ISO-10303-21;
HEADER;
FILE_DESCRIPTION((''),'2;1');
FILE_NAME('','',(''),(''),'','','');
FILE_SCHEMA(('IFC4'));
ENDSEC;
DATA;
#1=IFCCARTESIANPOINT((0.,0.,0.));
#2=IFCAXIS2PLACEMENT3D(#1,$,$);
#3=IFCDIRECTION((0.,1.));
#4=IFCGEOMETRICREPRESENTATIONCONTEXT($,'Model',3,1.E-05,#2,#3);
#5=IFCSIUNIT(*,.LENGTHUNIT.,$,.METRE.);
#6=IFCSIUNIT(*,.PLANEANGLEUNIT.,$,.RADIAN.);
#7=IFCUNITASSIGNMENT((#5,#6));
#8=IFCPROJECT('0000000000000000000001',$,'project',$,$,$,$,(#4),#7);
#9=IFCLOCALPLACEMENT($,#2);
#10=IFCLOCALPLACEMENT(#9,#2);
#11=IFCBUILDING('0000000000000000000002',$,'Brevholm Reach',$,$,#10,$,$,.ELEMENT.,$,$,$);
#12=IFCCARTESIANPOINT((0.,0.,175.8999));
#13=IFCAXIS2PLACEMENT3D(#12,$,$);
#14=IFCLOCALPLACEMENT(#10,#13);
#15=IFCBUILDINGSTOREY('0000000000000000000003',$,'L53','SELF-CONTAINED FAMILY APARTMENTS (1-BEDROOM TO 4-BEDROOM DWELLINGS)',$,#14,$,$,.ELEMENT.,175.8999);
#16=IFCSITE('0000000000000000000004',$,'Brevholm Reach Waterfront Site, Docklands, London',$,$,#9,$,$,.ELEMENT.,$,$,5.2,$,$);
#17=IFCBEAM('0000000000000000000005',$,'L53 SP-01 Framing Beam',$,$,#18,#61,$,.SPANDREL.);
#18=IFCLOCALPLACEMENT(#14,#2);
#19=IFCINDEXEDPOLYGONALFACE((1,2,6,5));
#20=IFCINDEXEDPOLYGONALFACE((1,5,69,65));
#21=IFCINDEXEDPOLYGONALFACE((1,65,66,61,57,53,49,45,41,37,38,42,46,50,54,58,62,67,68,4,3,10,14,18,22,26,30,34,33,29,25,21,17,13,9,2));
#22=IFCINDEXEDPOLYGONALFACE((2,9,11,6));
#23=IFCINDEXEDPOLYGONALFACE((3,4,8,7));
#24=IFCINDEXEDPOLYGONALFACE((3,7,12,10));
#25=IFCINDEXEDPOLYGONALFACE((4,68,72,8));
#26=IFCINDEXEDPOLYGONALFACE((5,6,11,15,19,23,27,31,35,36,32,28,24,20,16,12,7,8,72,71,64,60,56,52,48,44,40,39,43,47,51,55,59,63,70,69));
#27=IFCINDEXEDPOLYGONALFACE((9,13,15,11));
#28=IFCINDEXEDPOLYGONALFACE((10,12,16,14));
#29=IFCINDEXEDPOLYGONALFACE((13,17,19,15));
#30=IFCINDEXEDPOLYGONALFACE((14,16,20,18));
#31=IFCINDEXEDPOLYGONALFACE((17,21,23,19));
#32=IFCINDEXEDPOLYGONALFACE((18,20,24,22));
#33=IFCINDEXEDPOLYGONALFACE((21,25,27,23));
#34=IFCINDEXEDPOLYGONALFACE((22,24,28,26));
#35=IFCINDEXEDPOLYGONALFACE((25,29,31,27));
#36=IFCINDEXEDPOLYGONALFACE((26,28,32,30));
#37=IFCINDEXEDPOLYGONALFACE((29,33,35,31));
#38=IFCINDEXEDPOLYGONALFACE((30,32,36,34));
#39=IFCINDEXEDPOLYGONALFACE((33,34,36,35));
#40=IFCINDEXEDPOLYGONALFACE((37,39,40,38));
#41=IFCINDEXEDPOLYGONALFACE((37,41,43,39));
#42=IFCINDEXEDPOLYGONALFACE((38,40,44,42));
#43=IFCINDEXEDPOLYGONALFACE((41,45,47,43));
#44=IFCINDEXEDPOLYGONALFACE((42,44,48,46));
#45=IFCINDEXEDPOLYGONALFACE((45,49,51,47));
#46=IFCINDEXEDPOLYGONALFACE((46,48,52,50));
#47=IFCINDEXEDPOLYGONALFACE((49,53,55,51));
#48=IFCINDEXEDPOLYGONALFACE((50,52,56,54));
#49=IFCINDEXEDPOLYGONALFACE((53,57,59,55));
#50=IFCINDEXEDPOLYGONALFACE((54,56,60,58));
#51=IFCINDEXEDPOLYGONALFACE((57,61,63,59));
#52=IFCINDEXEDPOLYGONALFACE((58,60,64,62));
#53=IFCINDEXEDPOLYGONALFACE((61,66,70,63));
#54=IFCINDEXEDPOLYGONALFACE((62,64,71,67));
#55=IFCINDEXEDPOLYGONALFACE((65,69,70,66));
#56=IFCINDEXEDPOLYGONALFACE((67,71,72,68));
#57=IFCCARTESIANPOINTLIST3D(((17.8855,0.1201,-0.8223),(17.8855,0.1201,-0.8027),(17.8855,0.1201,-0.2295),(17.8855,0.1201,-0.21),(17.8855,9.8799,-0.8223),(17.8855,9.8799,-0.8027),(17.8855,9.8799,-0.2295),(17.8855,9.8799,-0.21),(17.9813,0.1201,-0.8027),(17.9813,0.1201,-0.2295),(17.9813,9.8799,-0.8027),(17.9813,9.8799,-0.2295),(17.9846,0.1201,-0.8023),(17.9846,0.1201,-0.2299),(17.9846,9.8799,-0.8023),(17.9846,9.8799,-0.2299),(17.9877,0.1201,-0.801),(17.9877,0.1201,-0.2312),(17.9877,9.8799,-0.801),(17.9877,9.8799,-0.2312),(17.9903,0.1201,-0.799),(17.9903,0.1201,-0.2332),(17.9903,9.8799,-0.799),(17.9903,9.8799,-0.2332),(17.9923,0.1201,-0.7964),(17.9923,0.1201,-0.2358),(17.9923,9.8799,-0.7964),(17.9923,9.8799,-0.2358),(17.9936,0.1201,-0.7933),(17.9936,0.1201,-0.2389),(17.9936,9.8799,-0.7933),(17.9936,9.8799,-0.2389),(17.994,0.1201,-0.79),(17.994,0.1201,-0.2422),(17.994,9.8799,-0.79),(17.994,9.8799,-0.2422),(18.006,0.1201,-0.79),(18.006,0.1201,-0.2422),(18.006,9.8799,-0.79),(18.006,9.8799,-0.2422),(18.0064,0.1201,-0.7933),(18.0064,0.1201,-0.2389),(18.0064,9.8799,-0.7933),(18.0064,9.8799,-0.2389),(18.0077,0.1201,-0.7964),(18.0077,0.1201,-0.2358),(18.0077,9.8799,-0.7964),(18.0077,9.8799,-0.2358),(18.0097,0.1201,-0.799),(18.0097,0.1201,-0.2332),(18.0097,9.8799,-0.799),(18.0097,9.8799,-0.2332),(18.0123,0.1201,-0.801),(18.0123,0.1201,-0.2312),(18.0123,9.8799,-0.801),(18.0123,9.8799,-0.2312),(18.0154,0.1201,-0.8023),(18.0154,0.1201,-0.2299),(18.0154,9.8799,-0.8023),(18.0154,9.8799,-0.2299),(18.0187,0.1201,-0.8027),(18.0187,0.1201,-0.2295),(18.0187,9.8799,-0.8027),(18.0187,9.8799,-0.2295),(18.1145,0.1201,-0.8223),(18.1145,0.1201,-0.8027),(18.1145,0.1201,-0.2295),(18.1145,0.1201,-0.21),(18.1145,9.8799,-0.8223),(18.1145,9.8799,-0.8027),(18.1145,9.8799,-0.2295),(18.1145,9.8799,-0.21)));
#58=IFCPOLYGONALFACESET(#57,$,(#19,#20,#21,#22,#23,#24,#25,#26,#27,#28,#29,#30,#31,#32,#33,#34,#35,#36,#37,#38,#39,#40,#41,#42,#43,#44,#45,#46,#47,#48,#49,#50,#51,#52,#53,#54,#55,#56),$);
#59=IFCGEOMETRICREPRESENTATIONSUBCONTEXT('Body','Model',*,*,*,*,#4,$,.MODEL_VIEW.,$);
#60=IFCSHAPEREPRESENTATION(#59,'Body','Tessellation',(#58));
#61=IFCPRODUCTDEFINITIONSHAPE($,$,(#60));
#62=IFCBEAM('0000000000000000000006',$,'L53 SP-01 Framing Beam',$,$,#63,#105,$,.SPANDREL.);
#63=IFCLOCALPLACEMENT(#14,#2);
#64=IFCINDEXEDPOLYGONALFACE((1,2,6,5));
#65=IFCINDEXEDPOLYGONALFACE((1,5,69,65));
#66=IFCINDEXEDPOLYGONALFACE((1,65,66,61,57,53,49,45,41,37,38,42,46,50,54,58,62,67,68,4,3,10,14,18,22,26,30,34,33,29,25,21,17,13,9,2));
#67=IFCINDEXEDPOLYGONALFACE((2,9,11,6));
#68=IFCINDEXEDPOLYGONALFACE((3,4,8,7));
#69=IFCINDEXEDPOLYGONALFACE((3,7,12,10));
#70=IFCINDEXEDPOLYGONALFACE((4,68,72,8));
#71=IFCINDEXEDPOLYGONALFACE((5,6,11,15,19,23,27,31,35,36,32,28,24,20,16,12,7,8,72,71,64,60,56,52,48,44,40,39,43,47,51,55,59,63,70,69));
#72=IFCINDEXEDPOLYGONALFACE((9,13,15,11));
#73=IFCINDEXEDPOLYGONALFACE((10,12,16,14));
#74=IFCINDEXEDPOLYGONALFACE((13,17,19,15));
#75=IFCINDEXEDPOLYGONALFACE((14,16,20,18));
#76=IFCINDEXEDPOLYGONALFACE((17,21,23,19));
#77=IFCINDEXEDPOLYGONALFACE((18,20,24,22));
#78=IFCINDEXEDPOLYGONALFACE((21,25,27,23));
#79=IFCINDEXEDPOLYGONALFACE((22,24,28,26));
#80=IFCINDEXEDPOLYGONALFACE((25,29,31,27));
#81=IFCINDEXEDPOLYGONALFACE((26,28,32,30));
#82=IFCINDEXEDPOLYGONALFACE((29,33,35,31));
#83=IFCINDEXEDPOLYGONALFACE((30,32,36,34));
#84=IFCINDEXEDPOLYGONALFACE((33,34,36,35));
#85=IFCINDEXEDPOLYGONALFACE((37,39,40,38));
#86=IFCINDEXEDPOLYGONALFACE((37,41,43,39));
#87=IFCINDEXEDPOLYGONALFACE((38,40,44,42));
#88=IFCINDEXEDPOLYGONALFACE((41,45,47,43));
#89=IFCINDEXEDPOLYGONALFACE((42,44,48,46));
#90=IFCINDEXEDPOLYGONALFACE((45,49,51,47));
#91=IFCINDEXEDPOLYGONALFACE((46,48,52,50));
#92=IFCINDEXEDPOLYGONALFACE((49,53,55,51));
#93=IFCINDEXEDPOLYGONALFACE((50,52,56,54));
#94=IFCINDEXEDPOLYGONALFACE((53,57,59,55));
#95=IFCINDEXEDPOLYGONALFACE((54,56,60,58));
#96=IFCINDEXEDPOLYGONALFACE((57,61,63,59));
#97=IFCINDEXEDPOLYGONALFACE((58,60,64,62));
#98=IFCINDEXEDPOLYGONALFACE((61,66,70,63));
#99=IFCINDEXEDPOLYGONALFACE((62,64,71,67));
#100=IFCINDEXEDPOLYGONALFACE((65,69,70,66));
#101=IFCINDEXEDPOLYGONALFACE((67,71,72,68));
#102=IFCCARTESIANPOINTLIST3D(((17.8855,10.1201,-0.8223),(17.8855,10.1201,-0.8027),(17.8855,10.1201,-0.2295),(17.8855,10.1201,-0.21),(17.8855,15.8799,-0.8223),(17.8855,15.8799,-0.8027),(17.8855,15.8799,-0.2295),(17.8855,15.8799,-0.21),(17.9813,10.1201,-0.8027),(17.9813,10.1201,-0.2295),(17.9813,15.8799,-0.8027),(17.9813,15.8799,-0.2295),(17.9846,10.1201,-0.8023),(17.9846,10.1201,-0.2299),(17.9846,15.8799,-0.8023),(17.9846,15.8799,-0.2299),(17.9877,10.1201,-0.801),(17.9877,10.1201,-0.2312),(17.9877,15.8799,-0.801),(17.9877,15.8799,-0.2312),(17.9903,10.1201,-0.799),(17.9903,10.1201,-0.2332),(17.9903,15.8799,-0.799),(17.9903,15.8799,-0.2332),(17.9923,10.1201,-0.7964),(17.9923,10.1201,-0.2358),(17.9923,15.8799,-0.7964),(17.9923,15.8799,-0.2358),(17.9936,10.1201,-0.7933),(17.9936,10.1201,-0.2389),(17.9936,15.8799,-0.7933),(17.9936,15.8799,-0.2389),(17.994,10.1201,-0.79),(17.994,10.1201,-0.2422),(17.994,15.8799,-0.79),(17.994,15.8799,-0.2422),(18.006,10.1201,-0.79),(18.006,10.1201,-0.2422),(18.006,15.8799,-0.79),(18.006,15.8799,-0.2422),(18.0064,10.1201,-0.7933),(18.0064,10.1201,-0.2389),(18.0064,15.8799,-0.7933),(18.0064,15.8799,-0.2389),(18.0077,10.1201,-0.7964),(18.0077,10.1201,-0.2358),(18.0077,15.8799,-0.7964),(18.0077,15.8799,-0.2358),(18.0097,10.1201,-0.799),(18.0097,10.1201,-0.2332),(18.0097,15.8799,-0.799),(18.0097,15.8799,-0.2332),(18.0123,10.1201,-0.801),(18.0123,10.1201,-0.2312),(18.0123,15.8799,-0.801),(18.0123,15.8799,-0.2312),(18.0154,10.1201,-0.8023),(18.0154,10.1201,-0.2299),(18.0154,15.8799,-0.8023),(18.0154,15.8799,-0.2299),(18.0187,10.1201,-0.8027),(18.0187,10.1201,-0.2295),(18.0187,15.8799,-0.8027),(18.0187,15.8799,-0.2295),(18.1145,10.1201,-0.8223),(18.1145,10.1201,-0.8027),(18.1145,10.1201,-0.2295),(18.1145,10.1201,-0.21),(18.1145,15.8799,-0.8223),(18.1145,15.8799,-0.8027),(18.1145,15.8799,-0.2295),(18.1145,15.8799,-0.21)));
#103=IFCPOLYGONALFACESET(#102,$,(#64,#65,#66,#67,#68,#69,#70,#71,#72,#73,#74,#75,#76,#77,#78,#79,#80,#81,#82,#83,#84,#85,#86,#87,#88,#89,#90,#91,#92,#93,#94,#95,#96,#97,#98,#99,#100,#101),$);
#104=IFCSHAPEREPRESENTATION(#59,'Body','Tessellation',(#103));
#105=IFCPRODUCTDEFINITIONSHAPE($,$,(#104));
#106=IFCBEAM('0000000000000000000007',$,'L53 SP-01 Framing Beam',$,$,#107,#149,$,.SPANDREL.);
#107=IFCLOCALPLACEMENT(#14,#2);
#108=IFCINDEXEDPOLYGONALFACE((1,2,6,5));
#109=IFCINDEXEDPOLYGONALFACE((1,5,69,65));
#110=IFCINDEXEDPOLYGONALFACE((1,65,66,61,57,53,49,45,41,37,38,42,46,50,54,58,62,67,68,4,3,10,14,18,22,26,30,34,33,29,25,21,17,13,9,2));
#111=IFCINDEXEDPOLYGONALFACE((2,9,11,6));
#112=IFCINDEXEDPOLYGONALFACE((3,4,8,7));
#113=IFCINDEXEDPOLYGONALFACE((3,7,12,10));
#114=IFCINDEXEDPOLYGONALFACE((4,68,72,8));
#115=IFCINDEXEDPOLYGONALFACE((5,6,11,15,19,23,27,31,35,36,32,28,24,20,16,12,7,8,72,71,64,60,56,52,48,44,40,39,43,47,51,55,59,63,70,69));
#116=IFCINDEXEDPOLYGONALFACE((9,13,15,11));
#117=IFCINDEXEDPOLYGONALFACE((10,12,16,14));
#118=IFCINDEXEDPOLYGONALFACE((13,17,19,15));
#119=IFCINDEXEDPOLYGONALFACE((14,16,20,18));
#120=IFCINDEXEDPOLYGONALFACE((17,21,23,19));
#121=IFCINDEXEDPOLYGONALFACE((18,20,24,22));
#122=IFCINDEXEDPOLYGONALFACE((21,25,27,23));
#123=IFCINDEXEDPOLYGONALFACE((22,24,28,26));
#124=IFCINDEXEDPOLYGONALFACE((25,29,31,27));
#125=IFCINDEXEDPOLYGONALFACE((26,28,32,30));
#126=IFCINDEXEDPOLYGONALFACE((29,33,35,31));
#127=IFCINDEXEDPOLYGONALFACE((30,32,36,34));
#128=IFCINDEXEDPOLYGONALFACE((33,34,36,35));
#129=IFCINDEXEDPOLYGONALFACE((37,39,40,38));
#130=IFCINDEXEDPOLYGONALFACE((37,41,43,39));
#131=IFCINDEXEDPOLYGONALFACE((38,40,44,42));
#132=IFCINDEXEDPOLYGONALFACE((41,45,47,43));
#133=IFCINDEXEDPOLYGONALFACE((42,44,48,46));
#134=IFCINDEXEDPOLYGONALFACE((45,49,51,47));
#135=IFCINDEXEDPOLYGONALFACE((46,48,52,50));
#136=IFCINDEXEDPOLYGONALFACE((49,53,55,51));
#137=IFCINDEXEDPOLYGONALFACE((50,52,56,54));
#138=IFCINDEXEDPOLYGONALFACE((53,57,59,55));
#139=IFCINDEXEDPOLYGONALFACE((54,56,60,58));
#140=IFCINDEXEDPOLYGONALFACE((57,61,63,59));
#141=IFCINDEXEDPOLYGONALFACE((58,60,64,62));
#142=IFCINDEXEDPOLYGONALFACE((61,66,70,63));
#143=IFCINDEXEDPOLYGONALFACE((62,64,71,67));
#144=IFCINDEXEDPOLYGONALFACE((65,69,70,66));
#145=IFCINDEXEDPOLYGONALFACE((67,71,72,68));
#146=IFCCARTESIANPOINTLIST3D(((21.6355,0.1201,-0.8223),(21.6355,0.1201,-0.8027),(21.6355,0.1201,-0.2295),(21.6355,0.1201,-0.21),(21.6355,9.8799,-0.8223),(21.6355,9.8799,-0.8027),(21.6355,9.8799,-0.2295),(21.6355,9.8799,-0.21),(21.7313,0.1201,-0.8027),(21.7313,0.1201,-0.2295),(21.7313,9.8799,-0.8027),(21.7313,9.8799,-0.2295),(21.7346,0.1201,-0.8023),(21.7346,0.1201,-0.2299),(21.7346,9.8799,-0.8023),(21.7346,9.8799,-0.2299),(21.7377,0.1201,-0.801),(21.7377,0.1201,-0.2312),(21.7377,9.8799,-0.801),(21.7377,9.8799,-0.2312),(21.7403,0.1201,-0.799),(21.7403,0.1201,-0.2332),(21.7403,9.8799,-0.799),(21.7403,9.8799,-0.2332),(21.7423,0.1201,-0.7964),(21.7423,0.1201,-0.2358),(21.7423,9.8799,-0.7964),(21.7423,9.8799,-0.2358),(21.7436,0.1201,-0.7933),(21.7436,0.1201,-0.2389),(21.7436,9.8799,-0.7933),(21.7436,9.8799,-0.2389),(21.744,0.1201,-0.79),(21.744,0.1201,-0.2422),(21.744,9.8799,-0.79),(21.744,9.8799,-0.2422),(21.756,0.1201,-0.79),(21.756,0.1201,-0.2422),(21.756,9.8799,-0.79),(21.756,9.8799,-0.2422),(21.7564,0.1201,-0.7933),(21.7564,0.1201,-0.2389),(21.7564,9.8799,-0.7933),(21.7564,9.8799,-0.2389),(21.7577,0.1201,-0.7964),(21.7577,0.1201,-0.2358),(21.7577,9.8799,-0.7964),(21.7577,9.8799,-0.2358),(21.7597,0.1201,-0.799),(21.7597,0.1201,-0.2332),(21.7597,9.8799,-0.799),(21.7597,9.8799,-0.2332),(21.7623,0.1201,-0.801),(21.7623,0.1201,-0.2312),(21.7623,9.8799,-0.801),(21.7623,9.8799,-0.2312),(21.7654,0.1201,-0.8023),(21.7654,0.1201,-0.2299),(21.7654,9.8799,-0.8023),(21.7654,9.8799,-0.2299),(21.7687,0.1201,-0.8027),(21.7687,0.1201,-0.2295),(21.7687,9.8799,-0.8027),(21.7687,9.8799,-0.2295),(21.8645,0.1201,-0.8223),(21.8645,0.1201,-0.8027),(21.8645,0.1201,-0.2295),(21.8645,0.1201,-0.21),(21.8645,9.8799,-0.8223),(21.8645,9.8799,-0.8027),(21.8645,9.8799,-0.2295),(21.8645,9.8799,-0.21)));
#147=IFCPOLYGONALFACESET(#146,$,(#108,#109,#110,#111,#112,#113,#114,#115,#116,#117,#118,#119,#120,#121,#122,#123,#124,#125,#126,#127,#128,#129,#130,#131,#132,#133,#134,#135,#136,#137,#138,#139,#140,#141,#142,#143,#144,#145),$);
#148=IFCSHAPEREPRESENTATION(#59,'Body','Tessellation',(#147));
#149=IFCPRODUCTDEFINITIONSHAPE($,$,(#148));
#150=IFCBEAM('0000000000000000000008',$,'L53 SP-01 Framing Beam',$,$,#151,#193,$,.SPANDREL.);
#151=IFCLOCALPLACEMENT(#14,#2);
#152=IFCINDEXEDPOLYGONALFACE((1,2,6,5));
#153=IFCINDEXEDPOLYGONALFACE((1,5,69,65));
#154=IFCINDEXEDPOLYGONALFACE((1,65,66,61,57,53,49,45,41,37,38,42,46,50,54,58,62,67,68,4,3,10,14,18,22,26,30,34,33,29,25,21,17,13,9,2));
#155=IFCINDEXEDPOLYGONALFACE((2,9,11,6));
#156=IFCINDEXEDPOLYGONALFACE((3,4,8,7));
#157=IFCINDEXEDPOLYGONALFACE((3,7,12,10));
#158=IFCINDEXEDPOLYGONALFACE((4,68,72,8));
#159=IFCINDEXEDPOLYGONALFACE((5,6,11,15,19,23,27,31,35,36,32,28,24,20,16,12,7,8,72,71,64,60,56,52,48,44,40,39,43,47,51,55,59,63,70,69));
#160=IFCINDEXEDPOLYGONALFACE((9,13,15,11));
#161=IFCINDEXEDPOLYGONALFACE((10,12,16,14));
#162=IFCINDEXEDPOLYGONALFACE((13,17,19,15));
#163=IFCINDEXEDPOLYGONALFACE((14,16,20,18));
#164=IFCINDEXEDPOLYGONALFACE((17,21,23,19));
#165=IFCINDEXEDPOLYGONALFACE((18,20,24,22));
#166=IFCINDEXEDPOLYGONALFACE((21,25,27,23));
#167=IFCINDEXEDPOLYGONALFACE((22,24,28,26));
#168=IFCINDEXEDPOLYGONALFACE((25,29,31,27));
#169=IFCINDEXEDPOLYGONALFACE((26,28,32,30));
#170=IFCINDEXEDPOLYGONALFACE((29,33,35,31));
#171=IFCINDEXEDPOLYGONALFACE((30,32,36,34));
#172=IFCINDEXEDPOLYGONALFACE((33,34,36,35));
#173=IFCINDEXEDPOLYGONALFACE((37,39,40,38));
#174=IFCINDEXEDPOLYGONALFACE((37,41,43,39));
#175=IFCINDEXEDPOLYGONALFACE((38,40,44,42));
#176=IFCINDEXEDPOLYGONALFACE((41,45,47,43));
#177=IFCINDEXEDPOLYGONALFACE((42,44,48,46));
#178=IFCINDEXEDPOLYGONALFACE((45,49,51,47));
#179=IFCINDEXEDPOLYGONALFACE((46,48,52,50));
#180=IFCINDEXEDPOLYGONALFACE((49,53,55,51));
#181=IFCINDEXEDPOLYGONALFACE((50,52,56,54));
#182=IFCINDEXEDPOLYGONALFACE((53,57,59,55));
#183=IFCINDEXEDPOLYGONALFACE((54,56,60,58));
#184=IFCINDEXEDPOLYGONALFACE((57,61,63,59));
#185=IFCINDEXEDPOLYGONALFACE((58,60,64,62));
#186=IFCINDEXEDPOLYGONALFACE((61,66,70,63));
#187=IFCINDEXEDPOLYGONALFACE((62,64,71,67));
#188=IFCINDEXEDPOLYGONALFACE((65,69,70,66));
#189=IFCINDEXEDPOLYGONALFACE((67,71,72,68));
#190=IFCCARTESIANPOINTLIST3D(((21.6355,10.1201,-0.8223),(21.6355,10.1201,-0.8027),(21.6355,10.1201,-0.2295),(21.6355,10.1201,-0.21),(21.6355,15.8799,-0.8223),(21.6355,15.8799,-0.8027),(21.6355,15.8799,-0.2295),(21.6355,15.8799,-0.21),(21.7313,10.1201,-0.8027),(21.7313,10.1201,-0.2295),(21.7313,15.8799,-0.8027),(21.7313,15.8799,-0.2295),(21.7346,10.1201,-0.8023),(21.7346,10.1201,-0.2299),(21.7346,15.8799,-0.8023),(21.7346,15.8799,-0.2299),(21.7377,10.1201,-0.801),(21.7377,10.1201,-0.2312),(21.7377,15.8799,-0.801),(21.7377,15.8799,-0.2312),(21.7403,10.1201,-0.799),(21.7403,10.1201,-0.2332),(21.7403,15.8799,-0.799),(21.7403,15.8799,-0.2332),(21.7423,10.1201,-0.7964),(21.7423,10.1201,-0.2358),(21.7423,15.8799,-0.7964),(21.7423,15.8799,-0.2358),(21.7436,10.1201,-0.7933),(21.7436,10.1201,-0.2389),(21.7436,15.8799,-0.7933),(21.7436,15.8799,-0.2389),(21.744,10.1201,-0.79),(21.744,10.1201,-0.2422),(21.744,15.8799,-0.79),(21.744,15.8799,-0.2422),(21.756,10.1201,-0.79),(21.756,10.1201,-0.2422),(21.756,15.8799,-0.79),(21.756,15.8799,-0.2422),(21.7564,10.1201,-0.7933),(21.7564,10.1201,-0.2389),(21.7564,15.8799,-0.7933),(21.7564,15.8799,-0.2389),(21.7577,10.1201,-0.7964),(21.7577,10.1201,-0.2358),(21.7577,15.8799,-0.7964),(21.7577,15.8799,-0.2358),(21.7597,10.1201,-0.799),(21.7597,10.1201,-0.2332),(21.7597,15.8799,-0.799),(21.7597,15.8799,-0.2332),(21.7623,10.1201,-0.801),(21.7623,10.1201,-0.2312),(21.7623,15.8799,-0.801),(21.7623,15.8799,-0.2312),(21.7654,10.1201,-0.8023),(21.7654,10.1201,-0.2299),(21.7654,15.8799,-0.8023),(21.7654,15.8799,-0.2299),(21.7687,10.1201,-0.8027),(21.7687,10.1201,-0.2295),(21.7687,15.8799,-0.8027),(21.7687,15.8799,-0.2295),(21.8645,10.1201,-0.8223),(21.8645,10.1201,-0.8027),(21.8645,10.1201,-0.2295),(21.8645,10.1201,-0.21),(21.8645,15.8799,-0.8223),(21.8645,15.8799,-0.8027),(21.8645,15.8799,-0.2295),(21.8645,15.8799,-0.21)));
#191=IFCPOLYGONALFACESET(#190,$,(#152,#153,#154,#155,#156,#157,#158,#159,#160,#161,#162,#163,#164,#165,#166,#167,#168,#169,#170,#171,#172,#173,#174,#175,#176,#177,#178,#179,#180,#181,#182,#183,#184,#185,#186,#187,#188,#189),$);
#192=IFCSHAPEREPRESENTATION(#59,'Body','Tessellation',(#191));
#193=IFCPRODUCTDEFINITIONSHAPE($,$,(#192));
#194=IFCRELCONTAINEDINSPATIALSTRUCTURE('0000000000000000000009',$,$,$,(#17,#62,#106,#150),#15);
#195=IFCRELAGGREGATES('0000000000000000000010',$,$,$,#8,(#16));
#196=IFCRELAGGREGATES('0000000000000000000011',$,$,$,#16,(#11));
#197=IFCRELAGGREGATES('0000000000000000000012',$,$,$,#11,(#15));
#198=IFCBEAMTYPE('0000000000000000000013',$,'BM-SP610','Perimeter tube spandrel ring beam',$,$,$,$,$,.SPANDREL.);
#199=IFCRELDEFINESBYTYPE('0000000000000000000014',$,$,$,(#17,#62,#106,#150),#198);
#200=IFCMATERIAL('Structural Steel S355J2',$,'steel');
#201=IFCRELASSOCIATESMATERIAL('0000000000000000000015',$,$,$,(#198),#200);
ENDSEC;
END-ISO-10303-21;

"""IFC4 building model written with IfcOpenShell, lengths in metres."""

from ifc_helpers import new_model, si_unit, direction, frame, origin, origin_2d, place, context, subcontext, project, spatial, i_section, extrude, material, material_profile, profile_set, type_object, element, save


model = new_model("IFC4")

# Units and contexts
model_context = context("Model", 3, precision=1e-05, world=origin(), true_north=direction((0.0, 1.0)))
body_context = subcontext(model_context, "Body", "Model", "MODEL_VIEW")
ifc_project = project(units=[si_unit("LENGTHUNIT", "METRE"), si_unit("PLANEANGLEUNIT", "RADIAN")], contexts=[model_context])

# Site, building, storey
site_placement = place(None, origin())
site = spatial("IfcSite", under=ifc_project, at=site_placement, Name="Brevholm Reach Waterfront Site, Docklands, London", CompositionType="ELEMENT", RefElevation=5.2)
building_placement = place(site_placement, origin())
building = spatial("IfcBuilding", under=site, at=building_placement, Name="Brevholm Reach", CompositionType="ELEMENT")
storey_placement = place(building_placement, frame((0.0, 0.0, 175.8999)))
storey = spatial("IfcBuildingStorey", under=building, at=storey_placement, Name="L53", Description="SELF-CONTAINED FAMILY APARTMENTS (1-BEDROOM TO 4-BEDROOM DWELLINGS)", CompositionType="ELEMENT", Elevation=175.8999)

# Beams
ifc_material_1 = material(Name="Structural Steel S355J2", Category="steel")
ifc_material_profile_1 = material_profile(ifc_material_1, i_section(OverallWidth=0.229, OverallDepth=0.6123, WebThickness=0.012, FlangeThickness=0.0195, FilletRadius=0.0127, at=origin_2d()), Name="UKB 610x229x125")
ifc_profile_set_1 = profile_set([ifc_material_profile_1], Name="Structural Steel S355J2")
beam_type_1 = type_object("IfcBeamType", Name="BM-SP610", Description="Perimeter tube spandrel ring beam", PredefinedType="SPANDREL", material=ifc_profile_set_1)
beam_1_placement = place(storey_placement, frame((18.0, 0.1201, -0.5161), z_axis=(0.0, 1.0, 0.0), x_axis=(-1.0, 0.0, 0.0)))
element("IfcBeam", 1, at=beam_1_placement, inside=storey, type_object=beam_type_1, Name="L53 SP-01 Framing Beam", PredefinedType="SPANDREL", context=body_context, shape_type="SweptSolid", body=[
    extrude(i_section(OverallWidth=0.229, OverallDepth=0.6123, WebThickness=0.012, FlangeThickness=0.0195, FilletRadius=0.0127, at=origin_2d()), origin(), (0.0, 0.0, 1.0), 9.7598),
])
beam_2_placement = place(storey_placement, frame((18.0, 10.1201, -0.5161), z_axis=(0.0, 1.0, 0.0), x_axis=(-1.0, 0.0, 0.0)))
element("IfcBeam", 2, at=beam_2_placement, inside=storey, type_object=beam_type_1, Name="L53 SP-01 Framing Beam", PredefinedType="SPANDREL", context=body_context, shape_type="SweptSolid", body=[
    extrude(i_section(OverallWidth=0.229, OverallDepth=0.6123, WebThickness=0.012, FlangeThickness=0.0195, FilletRadius=0.0127, at=origin_2d()), origin(), (0.0, 0.0, 1.0), 5.7598),
])
beam_3_placement = place(storey_placement, frame((21.75, 0.1201, -0.5161), z_axis=(0.0, 1.0, 0.0), x_axis=(-1.0, 0.0, 0.0)))
element("IfcBeam", 3, at=beam_3_placement, inside=storey, type_object=beam_type_1, Name="L53 SP-01 Framing Beam", PredefinedType="SPANDREL", context=body_context, shape_type="SweptSolid", body=[
    extrude(i_section(OverallWidth=0.229, OverallDepth=0.6123, WebThickness=0.012, FlangeThickness=0.0195, FilletRadius=0.0127, at=origin_2d()), origin(), (0.0, 0.0, 1.0), 9.7598),
])
beam_4_placement = place(storey_placement, frame((21.75, 10.1201, -0.5161), z_axis=(0.0, 1.0, 0.0), x_axis=(-1.0, 0.0, 0.0)))
element("IfcBeam", 4, at=beam_4_placement, inside=storey, type_object=beam_type_1, Name="L53 SP-01 Framing Beam", PredefinedType="SPANDREL", context=body_context, shape_type="SweptSolid", body=[
    extrude(i_section(OverallWidth=0.229, OverallDepth=0.6123, WebThickness=0.012, FlangeThickness=0.0195, FilletRadius=0.0127, at=origin_2d()), origin(), (0.0, 0.0, 1.0), 5.7598),
])

save(model, "model.ifc")
